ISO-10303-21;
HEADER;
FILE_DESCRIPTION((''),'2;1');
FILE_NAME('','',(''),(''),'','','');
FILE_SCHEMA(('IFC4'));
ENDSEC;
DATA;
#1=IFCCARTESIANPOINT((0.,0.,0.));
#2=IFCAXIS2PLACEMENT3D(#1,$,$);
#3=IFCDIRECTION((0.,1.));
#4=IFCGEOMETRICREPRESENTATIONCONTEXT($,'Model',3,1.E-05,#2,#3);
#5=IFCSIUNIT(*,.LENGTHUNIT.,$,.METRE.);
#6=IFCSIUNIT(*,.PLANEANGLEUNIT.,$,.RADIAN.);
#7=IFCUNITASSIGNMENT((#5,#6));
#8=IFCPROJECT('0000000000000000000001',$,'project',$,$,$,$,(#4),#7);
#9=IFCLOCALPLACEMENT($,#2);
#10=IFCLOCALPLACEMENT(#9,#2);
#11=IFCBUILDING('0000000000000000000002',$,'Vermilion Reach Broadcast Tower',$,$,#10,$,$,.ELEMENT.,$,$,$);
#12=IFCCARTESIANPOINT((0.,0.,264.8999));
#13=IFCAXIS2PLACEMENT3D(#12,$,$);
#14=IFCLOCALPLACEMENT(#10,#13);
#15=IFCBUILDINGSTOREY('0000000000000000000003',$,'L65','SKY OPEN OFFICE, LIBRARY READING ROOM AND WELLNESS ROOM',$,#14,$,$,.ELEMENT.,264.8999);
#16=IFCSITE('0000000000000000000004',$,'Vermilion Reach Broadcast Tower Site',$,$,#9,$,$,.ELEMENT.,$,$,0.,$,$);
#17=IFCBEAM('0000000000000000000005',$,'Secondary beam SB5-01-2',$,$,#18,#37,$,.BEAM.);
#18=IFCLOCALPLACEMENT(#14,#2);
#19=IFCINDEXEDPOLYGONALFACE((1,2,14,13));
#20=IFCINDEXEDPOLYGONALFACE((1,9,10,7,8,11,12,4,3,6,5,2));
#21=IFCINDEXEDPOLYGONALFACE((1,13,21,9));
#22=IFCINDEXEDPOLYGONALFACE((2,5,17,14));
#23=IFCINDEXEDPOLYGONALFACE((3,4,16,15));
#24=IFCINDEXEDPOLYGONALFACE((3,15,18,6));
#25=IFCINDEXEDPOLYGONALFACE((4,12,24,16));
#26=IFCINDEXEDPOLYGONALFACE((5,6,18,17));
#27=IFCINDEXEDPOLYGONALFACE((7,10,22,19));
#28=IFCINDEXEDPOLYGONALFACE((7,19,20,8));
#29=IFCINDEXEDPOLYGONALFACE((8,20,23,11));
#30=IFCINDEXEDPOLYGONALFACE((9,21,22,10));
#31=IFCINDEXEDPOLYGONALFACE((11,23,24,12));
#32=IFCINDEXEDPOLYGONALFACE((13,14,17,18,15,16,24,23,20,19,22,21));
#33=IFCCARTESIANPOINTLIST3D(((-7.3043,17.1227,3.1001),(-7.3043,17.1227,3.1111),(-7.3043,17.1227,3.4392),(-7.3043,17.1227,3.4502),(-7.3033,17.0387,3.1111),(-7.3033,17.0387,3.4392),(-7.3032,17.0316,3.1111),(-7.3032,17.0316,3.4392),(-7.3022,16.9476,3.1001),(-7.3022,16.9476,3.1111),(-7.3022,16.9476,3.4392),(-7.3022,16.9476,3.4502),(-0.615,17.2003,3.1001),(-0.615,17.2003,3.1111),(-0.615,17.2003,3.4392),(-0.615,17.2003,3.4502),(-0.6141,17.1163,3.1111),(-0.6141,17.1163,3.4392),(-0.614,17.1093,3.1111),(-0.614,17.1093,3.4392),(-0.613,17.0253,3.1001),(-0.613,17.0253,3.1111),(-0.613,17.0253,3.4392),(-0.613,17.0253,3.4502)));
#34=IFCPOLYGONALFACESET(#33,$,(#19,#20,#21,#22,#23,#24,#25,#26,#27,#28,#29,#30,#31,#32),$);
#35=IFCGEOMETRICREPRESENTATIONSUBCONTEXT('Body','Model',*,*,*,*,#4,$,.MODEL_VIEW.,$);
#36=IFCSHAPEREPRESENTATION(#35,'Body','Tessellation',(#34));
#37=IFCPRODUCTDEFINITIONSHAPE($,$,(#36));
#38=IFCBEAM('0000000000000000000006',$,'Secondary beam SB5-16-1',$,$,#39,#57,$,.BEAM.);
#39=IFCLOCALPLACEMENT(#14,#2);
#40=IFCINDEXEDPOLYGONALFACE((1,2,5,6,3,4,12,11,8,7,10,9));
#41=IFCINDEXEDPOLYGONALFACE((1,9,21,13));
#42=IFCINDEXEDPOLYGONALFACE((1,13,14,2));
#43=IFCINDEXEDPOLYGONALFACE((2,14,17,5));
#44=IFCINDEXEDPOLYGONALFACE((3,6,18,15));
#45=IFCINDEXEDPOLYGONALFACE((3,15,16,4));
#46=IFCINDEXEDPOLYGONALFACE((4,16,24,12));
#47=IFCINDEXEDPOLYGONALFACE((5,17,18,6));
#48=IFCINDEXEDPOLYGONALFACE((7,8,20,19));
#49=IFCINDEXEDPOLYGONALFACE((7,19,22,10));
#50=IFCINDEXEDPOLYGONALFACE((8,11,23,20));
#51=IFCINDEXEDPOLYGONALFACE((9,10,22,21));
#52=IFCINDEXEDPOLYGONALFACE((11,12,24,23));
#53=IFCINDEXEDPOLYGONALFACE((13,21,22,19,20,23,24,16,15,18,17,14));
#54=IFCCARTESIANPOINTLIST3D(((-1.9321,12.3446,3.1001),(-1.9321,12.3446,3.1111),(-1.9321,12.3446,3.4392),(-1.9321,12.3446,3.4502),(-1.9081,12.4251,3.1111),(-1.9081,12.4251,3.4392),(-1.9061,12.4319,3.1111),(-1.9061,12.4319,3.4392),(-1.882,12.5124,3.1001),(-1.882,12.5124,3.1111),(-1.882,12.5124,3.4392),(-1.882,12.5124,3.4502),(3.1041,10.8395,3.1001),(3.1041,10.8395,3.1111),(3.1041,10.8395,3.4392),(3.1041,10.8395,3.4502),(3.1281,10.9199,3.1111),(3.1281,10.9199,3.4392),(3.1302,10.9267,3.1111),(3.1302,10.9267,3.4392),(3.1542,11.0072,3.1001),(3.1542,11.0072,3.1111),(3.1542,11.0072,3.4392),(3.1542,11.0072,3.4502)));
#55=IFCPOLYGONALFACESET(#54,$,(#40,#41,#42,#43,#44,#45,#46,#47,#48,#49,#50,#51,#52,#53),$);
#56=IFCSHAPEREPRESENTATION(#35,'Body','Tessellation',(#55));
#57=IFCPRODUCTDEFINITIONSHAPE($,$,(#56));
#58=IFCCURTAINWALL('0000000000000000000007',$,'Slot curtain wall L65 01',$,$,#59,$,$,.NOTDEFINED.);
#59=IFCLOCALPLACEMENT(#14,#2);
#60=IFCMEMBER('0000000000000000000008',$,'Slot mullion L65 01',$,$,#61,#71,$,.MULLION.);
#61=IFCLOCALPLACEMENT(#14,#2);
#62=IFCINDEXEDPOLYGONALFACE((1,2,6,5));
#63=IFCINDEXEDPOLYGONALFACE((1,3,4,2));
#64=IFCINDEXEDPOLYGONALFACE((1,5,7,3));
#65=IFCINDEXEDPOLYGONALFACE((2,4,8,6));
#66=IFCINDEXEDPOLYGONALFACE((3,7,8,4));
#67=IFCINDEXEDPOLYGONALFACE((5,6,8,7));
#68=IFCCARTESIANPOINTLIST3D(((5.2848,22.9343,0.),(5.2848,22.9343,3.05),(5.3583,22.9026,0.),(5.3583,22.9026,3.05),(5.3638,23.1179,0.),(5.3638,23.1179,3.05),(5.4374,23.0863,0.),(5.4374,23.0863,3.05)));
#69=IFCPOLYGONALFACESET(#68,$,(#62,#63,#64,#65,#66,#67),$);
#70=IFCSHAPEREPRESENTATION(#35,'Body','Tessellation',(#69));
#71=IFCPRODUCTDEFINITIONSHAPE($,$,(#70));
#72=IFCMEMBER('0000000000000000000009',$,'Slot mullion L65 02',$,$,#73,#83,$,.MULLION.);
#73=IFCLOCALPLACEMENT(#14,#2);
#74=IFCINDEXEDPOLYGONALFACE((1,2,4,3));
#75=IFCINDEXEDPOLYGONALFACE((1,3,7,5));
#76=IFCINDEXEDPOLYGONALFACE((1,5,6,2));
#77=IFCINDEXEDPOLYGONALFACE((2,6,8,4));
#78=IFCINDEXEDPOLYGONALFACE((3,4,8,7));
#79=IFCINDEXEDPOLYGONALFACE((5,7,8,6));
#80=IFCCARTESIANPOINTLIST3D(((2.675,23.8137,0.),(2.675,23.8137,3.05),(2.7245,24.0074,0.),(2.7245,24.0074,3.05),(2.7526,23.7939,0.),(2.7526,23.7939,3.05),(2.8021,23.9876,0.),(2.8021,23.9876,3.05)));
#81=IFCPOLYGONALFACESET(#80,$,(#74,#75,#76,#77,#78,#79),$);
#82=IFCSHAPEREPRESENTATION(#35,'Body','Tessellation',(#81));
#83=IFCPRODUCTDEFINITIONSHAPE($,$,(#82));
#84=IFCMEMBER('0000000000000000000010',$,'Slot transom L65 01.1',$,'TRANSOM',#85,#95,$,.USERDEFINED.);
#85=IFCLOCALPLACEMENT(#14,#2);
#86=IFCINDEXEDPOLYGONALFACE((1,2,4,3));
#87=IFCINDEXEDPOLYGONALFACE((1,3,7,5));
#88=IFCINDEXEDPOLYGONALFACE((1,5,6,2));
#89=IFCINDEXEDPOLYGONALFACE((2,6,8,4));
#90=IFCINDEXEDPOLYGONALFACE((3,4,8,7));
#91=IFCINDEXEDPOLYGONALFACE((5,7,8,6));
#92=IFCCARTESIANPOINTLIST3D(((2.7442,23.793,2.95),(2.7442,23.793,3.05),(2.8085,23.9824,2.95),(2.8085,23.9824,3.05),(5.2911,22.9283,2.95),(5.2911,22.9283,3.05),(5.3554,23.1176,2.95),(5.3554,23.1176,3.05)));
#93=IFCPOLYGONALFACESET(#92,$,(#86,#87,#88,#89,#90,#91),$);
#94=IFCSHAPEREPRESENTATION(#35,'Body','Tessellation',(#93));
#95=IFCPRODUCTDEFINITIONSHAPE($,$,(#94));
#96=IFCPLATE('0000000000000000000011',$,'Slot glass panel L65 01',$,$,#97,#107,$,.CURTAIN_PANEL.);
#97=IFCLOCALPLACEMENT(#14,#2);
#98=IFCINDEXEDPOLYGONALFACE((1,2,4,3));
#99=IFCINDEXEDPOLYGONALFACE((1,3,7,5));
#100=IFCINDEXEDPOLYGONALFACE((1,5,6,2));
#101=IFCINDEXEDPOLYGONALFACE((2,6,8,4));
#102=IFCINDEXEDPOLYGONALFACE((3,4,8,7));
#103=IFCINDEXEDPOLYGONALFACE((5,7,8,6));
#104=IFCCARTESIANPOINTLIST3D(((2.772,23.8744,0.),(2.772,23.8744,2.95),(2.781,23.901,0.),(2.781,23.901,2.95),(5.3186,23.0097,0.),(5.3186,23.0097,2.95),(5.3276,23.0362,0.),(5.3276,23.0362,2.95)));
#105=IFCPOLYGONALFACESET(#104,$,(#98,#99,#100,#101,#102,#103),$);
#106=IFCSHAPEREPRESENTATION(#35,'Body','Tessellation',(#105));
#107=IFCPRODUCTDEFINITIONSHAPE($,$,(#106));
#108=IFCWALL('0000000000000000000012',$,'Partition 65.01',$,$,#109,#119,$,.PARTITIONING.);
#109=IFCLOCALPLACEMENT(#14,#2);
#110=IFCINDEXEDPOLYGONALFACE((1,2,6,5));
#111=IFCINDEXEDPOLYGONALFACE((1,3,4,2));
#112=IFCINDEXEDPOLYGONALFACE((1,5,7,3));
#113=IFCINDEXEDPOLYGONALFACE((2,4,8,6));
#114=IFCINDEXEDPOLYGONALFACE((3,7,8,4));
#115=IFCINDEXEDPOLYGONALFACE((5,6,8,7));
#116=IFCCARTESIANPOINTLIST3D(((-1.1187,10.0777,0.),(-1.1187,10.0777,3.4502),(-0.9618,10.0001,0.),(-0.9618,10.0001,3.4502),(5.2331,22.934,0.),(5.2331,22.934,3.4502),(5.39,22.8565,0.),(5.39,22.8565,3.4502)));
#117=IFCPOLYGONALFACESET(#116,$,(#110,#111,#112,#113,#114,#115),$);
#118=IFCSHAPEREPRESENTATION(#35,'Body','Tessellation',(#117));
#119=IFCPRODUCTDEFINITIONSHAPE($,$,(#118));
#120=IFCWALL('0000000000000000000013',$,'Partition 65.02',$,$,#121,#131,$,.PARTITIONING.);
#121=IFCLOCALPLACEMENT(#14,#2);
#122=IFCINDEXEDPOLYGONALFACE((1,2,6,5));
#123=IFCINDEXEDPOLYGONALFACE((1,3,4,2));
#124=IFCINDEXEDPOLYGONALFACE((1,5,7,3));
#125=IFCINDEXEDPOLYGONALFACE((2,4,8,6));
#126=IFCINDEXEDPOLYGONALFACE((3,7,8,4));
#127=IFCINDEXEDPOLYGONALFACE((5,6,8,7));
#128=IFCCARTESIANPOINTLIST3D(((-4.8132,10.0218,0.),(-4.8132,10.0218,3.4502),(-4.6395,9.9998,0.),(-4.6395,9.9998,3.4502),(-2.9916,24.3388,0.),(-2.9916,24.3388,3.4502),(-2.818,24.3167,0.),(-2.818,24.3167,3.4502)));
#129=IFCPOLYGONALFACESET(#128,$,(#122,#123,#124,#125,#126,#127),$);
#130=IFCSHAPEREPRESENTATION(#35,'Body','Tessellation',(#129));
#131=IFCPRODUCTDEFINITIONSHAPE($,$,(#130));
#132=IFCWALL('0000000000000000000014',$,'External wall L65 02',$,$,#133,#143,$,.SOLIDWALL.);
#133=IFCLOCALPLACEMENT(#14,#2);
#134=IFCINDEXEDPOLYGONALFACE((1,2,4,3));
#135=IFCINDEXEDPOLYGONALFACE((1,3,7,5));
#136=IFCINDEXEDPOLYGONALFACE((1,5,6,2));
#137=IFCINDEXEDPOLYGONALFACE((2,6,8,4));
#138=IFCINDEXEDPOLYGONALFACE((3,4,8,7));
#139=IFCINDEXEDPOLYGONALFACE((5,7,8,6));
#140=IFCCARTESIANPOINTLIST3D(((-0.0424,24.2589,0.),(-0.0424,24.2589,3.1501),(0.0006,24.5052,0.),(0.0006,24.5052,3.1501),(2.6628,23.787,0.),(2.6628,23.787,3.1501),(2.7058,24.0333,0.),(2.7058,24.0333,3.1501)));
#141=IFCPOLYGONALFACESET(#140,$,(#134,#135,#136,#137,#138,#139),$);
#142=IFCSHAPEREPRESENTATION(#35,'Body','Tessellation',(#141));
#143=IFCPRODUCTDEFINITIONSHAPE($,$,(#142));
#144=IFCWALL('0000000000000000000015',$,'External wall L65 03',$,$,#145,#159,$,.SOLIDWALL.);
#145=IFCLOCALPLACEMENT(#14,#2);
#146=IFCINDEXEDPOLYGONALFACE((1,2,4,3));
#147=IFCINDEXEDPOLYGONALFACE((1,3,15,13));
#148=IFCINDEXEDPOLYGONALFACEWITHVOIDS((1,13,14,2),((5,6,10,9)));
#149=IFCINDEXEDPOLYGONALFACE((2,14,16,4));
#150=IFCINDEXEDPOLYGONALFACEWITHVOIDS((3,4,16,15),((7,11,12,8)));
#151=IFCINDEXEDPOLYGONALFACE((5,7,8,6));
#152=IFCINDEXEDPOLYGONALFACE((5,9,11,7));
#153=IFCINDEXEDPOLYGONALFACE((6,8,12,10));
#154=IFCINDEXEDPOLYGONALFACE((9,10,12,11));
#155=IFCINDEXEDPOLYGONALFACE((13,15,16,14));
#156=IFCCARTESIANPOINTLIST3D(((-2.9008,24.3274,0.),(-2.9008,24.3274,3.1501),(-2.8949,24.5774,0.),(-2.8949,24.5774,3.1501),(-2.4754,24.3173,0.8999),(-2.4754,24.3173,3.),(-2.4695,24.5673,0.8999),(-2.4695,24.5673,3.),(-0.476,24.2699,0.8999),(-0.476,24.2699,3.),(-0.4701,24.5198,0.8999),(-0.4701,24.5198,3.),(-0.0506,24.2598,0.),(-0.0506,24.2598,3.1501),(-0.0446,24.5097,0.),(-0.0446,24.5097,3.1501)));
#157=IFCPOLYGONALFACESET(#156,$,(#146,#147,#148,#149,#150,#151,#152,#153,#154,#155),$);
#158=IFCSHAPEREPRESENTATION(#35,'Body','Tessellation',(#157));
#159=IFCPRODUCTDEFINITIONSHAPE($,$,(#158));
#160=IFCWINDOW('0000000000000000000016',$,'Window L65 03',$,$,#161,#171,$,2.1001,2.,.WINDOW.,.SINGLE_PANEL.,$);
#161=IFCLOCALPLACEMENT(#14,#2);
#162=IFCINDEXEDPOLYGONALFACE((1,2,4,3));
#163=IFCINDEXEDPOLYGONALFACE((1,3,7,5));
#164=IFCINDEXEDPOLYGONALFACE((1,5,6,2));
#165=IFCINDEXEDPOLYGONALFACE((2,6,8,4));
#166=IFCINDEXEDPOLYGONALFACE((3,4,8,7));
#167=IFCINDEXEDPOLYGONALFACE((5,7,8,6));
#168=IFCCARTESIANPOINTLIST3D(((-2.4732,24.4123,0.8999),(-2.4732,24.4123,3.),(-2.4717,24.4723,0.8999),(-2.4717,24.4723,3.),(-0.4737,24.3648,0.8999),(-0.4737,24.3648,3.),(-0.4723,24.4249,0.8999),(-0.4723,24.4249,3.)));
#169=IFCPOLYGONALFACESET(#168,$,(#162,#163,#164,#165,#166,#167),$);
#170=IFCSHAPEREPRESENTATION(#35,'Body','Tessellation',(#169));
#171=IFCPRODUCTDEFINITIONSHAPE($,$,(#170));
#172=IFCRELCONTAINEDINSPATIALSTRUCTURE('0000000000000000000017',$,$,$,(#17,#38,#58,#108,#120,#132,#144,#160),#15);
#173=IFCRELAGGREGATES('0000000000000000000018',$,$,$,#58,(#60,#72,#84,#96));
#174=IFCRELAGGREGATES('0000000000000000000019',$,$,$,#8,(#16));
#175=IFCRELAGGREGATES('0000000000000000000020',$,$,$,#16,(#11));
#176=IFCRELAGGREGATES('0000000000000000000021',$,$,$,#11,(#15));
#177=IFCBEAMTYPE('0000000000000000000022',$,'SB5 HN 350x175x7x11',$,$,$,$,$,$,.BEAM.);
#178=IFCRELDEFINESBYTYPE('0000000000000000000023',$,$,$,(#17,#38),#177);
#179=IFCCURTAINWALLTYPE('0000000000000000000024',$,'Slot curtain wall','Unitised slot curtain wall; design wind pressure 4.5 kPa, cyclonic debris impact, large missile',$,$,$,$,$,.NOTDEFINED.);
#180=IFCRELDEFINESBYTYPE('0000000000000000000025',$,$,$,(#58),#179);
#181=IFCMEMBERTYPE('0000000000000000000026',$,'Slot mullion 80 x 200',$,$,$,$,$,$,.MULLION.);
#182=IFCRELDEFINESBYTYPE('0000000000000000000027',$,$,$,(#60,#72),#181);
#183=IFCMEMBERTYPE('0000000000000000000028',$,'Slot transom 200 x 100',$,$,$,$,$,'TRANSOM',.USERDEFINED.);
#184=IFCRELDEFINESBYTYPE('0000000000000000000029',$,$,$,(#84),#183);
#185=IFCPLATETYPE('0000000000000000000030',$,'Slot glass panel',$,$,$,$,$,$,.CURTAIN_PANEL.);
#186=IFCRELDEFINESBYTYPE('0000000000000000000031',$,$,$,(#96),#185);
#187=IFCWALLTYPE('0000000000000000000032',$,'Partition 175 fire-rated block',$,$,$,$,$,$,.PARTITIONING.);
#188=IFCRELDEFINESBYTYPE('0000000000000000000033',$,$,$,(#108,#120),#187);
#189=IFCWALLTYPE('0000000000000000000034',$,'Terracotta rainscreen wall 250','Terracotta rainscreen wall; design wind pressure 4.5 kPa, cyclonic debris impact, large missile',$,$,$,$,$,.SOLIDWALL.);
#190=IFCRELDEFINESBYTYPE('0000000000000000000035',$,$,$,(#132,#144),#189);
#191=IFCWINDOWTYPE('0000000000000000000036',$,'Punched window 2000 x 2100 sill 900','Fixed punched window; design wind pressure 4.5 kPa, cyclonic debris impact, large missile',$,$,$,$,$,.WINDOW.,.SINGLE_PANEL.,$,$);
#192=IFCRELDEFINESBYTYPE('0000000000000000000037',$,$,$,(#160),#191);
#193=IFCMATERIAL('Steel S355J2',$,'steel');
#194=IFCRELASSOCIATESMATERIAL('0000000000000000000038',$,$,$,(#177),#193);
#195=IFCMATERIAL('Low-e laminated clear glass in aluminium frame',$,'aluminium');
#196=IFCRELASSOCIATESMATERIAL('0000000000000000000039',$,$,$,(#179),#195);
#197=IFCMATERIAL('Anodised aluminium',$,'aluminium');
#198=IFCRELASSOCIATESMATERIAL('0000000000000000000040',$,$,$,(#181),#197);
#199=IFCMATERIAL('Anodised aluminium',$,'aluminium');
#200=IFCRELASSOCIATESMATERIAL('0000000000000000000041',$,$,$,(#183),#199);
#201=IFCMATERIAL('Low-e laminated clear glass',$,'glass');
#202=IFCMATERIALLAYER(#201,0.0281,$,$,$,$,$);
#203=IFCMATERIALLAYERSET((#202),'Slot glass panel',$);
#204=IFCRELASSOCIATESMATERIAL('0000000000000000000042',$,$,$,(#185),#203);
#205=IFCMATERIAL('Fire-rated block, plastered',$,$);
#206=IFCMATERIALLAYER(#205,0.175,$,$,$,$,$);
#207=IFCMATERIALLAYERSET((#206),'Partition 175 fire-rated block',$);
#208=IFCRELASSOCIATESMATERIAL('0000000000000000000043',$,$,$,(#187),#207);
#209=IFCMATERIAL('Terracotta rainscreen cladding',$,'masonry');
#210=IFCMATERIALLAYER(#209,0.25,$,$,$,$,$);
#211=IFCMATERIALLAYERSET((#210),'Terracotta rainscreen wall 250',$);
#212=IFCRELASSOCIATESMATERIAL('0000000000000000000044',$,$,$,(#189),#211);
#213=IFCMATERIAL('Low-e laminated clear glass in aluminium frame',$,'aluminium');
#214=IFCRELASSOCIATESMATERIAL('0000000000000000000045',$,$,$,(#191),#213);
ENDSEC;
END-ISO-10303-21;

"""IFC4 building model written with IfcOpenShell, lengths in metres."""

from ifc_helpers import new_model, si_unit, direction, frame, frame_2d, origin, origin_2d, place, context, subcontext, project, spatial, rectangle, i_section, extrude, material, layer, layer_set, material_profile, profile_set, type_object, element, fill, aggregate, save


model = new_model("IFC4")

# Units and contexts
model_context = context("Model", 3, precision=1e-05, world=origin(), true_north=direction((0.0, 1.0)))
body_context = subcontext(model_context, "Body", "Model", "MODEL_VIEW")
ifc_project = project(units=[si_unit("LENGTHUNIT", "METRE"), si_unit("PLANEANGLEUNIT", "RADIAN")], contexts=[model_context])

# Site, building, storey
site_placement = place(None, origin())
site = spatial("IfcSite", under=ifc_project, at=site_placement, Name="Vermilion Reach Broadcast Tower Site", CompositionType="ELEMENT", RefElevation=0.0)
building_placement = place(site_placement, origin())
building = spatial("IfcBuilding", under=site, at=building_placement, Name="Vermilion Reach Broadcast Tower", CompositionType="ELEMENT")
storey_placement = place(building_placement, frame((0.0, 0.0, 264.8999)))
storey = spatial("IfcBuildingStorey", under=building, at=storey_placement, Name="L65", Description="SKY OPEN OFFICE, LIBRARY READING ROOM AND WELLNESS ROOM", CompositionType="ELEMENT", Elevation=264.8999)

# Beams
ifc_material_1 = material(Name="Steel S355J2", Category="steel")
ifc_material_profile_1 = material_profile(ifc_material_1, i_section(OverallWidth=0.175, OverallDepth=0.3501, WebThickness=0.0071, FlangeThickness=0.011, at=origin_2d()), Name="S355J2 HN 350x175x7x11")
ifc_profile_set_1 = profile_set([ifc_material_profile_1], Name="Steel S355J2")
beam_type_1 = type_object("IfcBeamType", Name="SB5 HN 350x175x7x11", PredefinedType="BEAM", material=ifc_profile_set_1)
beam_1_placement = place(storey_placement, frame((-0.614, 17.1128, 3.2751), z_axis=(-0.999933, -0.011605, 0.0), x_axis=(0.011605, -0.999933, 0.0)))
element("IfcBeam", 1, at=beam_1_placement, inside=storey, type_object=beam_type_1, Name="Secondary beam SB5-01-2", PredefinedType="BEAM", context=body_context, shape_type="SweptSolid", body=[
    extrude(i_section(OverallWidth=0.175, OverallDepth=0.3501, WebThickness=0.0071, FlangeThickness=0.011, at=origin_2d()), origin(), (0.0, 0.0, 1.0), 6.6897),
])
beam_2_placement = place(storey_placement, frame((3.1292, 10.9233, 3.2751), z_axis=(-0.958125, 0.286351, 0.0), x_axis=(-0.286351, -0.958125, 0.0)))
element("IfcBeam", 2, at=beam_2_placement, inside=storey, type_object=beam_type_1, Name="Secondary beam SB5-16-1", PredefinedType="BEAM", context=body_context, shape_type="SweptSolid", body=[
    extrude(i_section(OverallWidth=0.175, OverallDepth=0.3501, WebThickness=0.0071, FlangeThickness=0.011, at=origin_2d()), origin(), (0.0, 0.0, 1.0), 5.2563),
])

# Curtain wall, members, plate
ifc_material_2 = material(Name="Low-e laminated clear glass in aluminium frame", Category="aluminium")
curtain_wall_type = type_object("IfcCurtainWallType", Name="Slot curtain wall", Description="Unitised slot curtain wall; design wind pressure 4.5 kPa, cyclonic debris impact, large missile", PredefinedType="NOTDEFINED", material=ifc_material_2)
curtain_wall_placement = place(storey_placement, origin())
curtain_wall = element("IfcCurtainWall", 3, at=curtain_wall_placement, inside=storey, type_object=curtain_wall_type, Name="Slot curtain wall L65 01", PredefinedType="NOTDEFINED")
ifc_material_3 = material(Name="Anodised aluminium", Category="aluminium")
ifc_material_profile_2 = material_profile(ifc_material_3, rectangle(XDim=0.2, YDim=0.0801, at=origin_2d()), Name="Slot mullion 80 x 200")
ifc_profile_set_2 = profile_set([ifc_material_profile_2], Name="Anodised aluminium")
member_type_1 = type_object("IfcMemberType", Name="Slot mullion 80 x 200", PredefinedType="MULLION", material=ifc_profile_set_2)
member_1_placement = place(storey_placement, frame((5.3611, 23.0103, 0.0), z_axis=(0.0, 0.0, 1.0), x_axis=(-0.395403, -0.918508, 0.0)))
member_1 = element("IfcMember", 4, at=member_1_placement, type_object=member_type_1, Name="Slot mullion L65 01", PredefinedType="MULLION", context=body_context, shape_type="SweptSolid", body=[
    extrude(rectangle(XDim=0.2, YDim=0.0801, at=origin_2d()), origin(), (0.0, 0.0, 1.0), 3.05),
])
member_2_placement = place(storey_placement, frame((2.7385, 23.9006, 0.0), z_axis=(0.0, 0.0, 1.0), x_axis=(-0.247447, -0.968901, 0.0)))
member_2 = element("IfcMember", 5, at=member_2_placement, type_object=member_type_1, Name="Slot mullion L65 02", PredefinedType="MULLION", context=body_context, shape_type="SweptSolid", body=[
    extrude(rectangle(XDim=0.2, YDim=0.0801, at=origin_2d()), origin(), (0.0, 0.0, 1.0), 3.05),
])
ifc_material_4 = material(Name="Anodised aluminium", Category="aluminium")
ifc_material_profile_3 = material_profile(ifc_material_4, rectangle(XDim=0.2, YDim=0.1001, at=origin_2d()), Name="Slot transom 200 x 100")
ifc_profile_set_3 = profile_set([ifc_material_profile_3], Name="Anodised aluminium")
member_type_2 = type_object("IfcMemberType", Name="Slot transom 200 x 100", ElementType="TRANSOM", PredefinedType="USERDEFINED", material=ifc_profile_set_3)
member_3_placement = place(storey_placement, frame((5.3232, 23.0229, 3.0), z_axis=(-0.946908, 0.321506, 0.0), x_axis=(-0.321506, -0.946908, 0.0)))
member_3 = element("IfcMember", 6, at=member_3_placement, type_object=member_type_2, Name="Slot transom L65 01.1", ObjectType="TRANSOM", PredefinedType="USERDEFINED", context=body_context, shape_type="SweptSolid", body=[
    extrude(rectangle(XDim=0.2, YDim=0.1001, at=origin_2d()), origin(), (0.0, 0.0, 1.0), 2.6897),
])
ifc_material_5 = material(Name="Low-e laminated clear glass", Category="glass")
ifc_layer_1 = layer(ifc_material_5, 0.0281)
ifc_layer_set_1 = layer_set([ifc_layer_1], Name="Slot glass panel")
plate_type = type_object("IfcPlateType", Name="Slot glass panel", PredefinedType="CURTAIN_PANEL", material=ifc_layer_set_1)
plate_placement = place(storey_placement, frame((4.0498, 23.4553, 0.0), z_axis=(0.0, 0.0, 1.0), x_axis=(-0.9469, 0.321529, 0.0)))
plate = element("IfcPlate", 7, at=plate_placement, type_object=plate_type, Name="Slot glass panel L65 01", PredefinedType="CURTAIN_PANEL", context=body_context, shape_type="SweptSolid", body=[
    extrude(rectangle(XDim=2.6895, YDim=0.0281, at=origin_2d()), origin(), (0.0, 0.0, 1.0), 2.95),
])
aggregate(curtain_wall, [member_1, member_2, member_3, plate])

# Walls
ifc_material_6 = material(Name="Fire-rated block, plastered")
ifc_layer_2 = layer(ifc_material_6, 0.175)
ifc_layer_set_2 = layer_set([ifc_layer_2], Name="Partition 175 fire-rated block")
wall_type_1 = type_object("IfcWallType", Name="Partition 175 fire-rated block", PredefinedType="PARTITIONING", material=ifc_layer_set_2)
wall_1_placement = place(storey_placement, frame((5.3115, 22.8953, 0.0), z_axis=(0.0, 0.0, 1.0), x_axis=(-0.442945, -0.896549, 0.0)))
element("IfcWall", 8, at=wall_1_placement, inside=storey, type_object=wall_type_1, Name="Partition 65.01", PredefinedType="PARTITIONING", context=body_context, shape_type="SweptSolid", body=[
    extrude(rectangle(XDim=14.3398, YDim=0.175, at=frame_2d((7.1699, 0.0))), origin(), (0.0, 0.0, 1.0), 3.4502),
])
wall_2_placement = place(storey_placement, frame((-2.9048, 24.3279, 0.0), z_axis=(0.0, 0.0, 1.0), x_axis=(-0.126212, -0.992003, 0.0)))
element("IfcWall", 9, at=wall_2_placement, inside=storey, type_object=wall_type_1, Name="Partition 65.02", PredefinedType="PARTITIONING", context=body_context, shape_type="SweptSolid", body=[
    extrude(rectangle(XDim=14.4324, YDim=0.175, at=frame_2d((7.2163, 0.0))), origin(), (0.0, 0.0, 1.0), 3.4502),
])
ifc_material_7 = material(Name="Terracotta rainscreen cladding", Category="masonry")
ifc_layer_3 = layer(ifc_material_7, 0.25)
ifc_layer_set_3 = layer_set([ifc_layer_3], Name="Terracotta rainscreen wall 250")
wall_type_2 = type_object("IfcWallType", Name="Terracotta rainscreen wall 250", Description="Terracotta rainscreen wall; design wind pressure 4.5 kPa, cyclonic debris impact, large missile", PredefinedType="SOLIDWALL", material=ifc_layer_set_3)
wall_3_placement = place(storey_placement, frame((2.6843, 23.9102, 0.0), z_axis=(0.0, 0.0, 1.0), x_axis=(-0.985124, 0.171848, 0.0)))
element("IfcWall", 10, at=wall_3_placement, inside=storey, type_object=wall_type_2, Name="External wall L65 02", PredefinedType="SOLIDWALL", context=body_context, shape_type="SweptSolid", body=[
    extrude(rectangle(XDim=2.7461, YDim=0.25, at=frame_2d((1.373, 0.0))), origin(), (0.0, 0.0, 1.0), 3.1501),
])

# Wall, opening, window
wall_4_placement = place(storey_placement, frame((-0.0476, 24.3848, 0.0), z_axis=(0.0, 0.0, 1.0), x_axis=(-0.999719, 0.023719, 0.0)))
wall_4 = element("IfcWall", 11, at=wall_4_placement, inside=storey, type_object=wall_type_2, Name="External wall L65 03", PredefinedType="SOLIDWALL", context=body_context, shape_type="SweptSolid", body=[
    extrude(rectangle(XDim=2.8511, YDim=0.25, at=frame_2d((1.4255, 0.0))), origin(), (0.0, 0.0, 1.0), 3.1501),
])
opening_1_placement = place(wall_4_placement, frame((0.4255, 0.0, 0.8999)))
opening_1 = element("IfcOpeningElement", 12, at=opening_1_placement, cuts=wall_4, PredefinedType="OPENING", context=body_context, shape_type="SweptSolid", body=[
    extrude(rectangle(XDim=2.0, YDim=2.1001, at=frame_2d((1.0, 1.05))), frame((0.0, 0.135, 0.0), z_axis=(0.0, -1.0, 0.0), x_axis=(1.0, 0.0, 0.0)), (0.0, 0.0, 1.0), 0.27),
])
ifc_material_8 = material(Name="Low-e laminated clear glass in aluminium frame", Category="aluminium")
window_type = type_object("IfcWindowType", Name="Punched window 2000 x 2100 sill 900", Description="Fixed punched window; design wind pressure 4.5 kPa, cyclonic debris impact, large missile", PartitioningType="SINGLE_PANEL", PredefinedType="WINDOW", material=ifc_material_8)
window_placement = place(opening_1_placement, origin())
window = element("IfcWindow", 13, at=window_placement, inside=storey, type_object=window_type, Name="Window L65 03", OverallHeight=2.1001, OverallWidth=2.0, PartitioningType="SINGLE_PANEL", PredefinedType="WINDOW", context=body_context, shape_type="SweptSolid", body=[
    extrude(rectangle(XDim=2.0, YDim=2.1001, at=frame_2d((1.0, 1.05))), frame((0.0, 0.03, 0.0), z_axis=(0.0, -1.0, 0.0), x_axis=(1.0, 0.0, 0.0)), (0.0, 0.0, 1.0), 0.0601),
])
fill(opening_1, window)

save(model, "model.ifc")
